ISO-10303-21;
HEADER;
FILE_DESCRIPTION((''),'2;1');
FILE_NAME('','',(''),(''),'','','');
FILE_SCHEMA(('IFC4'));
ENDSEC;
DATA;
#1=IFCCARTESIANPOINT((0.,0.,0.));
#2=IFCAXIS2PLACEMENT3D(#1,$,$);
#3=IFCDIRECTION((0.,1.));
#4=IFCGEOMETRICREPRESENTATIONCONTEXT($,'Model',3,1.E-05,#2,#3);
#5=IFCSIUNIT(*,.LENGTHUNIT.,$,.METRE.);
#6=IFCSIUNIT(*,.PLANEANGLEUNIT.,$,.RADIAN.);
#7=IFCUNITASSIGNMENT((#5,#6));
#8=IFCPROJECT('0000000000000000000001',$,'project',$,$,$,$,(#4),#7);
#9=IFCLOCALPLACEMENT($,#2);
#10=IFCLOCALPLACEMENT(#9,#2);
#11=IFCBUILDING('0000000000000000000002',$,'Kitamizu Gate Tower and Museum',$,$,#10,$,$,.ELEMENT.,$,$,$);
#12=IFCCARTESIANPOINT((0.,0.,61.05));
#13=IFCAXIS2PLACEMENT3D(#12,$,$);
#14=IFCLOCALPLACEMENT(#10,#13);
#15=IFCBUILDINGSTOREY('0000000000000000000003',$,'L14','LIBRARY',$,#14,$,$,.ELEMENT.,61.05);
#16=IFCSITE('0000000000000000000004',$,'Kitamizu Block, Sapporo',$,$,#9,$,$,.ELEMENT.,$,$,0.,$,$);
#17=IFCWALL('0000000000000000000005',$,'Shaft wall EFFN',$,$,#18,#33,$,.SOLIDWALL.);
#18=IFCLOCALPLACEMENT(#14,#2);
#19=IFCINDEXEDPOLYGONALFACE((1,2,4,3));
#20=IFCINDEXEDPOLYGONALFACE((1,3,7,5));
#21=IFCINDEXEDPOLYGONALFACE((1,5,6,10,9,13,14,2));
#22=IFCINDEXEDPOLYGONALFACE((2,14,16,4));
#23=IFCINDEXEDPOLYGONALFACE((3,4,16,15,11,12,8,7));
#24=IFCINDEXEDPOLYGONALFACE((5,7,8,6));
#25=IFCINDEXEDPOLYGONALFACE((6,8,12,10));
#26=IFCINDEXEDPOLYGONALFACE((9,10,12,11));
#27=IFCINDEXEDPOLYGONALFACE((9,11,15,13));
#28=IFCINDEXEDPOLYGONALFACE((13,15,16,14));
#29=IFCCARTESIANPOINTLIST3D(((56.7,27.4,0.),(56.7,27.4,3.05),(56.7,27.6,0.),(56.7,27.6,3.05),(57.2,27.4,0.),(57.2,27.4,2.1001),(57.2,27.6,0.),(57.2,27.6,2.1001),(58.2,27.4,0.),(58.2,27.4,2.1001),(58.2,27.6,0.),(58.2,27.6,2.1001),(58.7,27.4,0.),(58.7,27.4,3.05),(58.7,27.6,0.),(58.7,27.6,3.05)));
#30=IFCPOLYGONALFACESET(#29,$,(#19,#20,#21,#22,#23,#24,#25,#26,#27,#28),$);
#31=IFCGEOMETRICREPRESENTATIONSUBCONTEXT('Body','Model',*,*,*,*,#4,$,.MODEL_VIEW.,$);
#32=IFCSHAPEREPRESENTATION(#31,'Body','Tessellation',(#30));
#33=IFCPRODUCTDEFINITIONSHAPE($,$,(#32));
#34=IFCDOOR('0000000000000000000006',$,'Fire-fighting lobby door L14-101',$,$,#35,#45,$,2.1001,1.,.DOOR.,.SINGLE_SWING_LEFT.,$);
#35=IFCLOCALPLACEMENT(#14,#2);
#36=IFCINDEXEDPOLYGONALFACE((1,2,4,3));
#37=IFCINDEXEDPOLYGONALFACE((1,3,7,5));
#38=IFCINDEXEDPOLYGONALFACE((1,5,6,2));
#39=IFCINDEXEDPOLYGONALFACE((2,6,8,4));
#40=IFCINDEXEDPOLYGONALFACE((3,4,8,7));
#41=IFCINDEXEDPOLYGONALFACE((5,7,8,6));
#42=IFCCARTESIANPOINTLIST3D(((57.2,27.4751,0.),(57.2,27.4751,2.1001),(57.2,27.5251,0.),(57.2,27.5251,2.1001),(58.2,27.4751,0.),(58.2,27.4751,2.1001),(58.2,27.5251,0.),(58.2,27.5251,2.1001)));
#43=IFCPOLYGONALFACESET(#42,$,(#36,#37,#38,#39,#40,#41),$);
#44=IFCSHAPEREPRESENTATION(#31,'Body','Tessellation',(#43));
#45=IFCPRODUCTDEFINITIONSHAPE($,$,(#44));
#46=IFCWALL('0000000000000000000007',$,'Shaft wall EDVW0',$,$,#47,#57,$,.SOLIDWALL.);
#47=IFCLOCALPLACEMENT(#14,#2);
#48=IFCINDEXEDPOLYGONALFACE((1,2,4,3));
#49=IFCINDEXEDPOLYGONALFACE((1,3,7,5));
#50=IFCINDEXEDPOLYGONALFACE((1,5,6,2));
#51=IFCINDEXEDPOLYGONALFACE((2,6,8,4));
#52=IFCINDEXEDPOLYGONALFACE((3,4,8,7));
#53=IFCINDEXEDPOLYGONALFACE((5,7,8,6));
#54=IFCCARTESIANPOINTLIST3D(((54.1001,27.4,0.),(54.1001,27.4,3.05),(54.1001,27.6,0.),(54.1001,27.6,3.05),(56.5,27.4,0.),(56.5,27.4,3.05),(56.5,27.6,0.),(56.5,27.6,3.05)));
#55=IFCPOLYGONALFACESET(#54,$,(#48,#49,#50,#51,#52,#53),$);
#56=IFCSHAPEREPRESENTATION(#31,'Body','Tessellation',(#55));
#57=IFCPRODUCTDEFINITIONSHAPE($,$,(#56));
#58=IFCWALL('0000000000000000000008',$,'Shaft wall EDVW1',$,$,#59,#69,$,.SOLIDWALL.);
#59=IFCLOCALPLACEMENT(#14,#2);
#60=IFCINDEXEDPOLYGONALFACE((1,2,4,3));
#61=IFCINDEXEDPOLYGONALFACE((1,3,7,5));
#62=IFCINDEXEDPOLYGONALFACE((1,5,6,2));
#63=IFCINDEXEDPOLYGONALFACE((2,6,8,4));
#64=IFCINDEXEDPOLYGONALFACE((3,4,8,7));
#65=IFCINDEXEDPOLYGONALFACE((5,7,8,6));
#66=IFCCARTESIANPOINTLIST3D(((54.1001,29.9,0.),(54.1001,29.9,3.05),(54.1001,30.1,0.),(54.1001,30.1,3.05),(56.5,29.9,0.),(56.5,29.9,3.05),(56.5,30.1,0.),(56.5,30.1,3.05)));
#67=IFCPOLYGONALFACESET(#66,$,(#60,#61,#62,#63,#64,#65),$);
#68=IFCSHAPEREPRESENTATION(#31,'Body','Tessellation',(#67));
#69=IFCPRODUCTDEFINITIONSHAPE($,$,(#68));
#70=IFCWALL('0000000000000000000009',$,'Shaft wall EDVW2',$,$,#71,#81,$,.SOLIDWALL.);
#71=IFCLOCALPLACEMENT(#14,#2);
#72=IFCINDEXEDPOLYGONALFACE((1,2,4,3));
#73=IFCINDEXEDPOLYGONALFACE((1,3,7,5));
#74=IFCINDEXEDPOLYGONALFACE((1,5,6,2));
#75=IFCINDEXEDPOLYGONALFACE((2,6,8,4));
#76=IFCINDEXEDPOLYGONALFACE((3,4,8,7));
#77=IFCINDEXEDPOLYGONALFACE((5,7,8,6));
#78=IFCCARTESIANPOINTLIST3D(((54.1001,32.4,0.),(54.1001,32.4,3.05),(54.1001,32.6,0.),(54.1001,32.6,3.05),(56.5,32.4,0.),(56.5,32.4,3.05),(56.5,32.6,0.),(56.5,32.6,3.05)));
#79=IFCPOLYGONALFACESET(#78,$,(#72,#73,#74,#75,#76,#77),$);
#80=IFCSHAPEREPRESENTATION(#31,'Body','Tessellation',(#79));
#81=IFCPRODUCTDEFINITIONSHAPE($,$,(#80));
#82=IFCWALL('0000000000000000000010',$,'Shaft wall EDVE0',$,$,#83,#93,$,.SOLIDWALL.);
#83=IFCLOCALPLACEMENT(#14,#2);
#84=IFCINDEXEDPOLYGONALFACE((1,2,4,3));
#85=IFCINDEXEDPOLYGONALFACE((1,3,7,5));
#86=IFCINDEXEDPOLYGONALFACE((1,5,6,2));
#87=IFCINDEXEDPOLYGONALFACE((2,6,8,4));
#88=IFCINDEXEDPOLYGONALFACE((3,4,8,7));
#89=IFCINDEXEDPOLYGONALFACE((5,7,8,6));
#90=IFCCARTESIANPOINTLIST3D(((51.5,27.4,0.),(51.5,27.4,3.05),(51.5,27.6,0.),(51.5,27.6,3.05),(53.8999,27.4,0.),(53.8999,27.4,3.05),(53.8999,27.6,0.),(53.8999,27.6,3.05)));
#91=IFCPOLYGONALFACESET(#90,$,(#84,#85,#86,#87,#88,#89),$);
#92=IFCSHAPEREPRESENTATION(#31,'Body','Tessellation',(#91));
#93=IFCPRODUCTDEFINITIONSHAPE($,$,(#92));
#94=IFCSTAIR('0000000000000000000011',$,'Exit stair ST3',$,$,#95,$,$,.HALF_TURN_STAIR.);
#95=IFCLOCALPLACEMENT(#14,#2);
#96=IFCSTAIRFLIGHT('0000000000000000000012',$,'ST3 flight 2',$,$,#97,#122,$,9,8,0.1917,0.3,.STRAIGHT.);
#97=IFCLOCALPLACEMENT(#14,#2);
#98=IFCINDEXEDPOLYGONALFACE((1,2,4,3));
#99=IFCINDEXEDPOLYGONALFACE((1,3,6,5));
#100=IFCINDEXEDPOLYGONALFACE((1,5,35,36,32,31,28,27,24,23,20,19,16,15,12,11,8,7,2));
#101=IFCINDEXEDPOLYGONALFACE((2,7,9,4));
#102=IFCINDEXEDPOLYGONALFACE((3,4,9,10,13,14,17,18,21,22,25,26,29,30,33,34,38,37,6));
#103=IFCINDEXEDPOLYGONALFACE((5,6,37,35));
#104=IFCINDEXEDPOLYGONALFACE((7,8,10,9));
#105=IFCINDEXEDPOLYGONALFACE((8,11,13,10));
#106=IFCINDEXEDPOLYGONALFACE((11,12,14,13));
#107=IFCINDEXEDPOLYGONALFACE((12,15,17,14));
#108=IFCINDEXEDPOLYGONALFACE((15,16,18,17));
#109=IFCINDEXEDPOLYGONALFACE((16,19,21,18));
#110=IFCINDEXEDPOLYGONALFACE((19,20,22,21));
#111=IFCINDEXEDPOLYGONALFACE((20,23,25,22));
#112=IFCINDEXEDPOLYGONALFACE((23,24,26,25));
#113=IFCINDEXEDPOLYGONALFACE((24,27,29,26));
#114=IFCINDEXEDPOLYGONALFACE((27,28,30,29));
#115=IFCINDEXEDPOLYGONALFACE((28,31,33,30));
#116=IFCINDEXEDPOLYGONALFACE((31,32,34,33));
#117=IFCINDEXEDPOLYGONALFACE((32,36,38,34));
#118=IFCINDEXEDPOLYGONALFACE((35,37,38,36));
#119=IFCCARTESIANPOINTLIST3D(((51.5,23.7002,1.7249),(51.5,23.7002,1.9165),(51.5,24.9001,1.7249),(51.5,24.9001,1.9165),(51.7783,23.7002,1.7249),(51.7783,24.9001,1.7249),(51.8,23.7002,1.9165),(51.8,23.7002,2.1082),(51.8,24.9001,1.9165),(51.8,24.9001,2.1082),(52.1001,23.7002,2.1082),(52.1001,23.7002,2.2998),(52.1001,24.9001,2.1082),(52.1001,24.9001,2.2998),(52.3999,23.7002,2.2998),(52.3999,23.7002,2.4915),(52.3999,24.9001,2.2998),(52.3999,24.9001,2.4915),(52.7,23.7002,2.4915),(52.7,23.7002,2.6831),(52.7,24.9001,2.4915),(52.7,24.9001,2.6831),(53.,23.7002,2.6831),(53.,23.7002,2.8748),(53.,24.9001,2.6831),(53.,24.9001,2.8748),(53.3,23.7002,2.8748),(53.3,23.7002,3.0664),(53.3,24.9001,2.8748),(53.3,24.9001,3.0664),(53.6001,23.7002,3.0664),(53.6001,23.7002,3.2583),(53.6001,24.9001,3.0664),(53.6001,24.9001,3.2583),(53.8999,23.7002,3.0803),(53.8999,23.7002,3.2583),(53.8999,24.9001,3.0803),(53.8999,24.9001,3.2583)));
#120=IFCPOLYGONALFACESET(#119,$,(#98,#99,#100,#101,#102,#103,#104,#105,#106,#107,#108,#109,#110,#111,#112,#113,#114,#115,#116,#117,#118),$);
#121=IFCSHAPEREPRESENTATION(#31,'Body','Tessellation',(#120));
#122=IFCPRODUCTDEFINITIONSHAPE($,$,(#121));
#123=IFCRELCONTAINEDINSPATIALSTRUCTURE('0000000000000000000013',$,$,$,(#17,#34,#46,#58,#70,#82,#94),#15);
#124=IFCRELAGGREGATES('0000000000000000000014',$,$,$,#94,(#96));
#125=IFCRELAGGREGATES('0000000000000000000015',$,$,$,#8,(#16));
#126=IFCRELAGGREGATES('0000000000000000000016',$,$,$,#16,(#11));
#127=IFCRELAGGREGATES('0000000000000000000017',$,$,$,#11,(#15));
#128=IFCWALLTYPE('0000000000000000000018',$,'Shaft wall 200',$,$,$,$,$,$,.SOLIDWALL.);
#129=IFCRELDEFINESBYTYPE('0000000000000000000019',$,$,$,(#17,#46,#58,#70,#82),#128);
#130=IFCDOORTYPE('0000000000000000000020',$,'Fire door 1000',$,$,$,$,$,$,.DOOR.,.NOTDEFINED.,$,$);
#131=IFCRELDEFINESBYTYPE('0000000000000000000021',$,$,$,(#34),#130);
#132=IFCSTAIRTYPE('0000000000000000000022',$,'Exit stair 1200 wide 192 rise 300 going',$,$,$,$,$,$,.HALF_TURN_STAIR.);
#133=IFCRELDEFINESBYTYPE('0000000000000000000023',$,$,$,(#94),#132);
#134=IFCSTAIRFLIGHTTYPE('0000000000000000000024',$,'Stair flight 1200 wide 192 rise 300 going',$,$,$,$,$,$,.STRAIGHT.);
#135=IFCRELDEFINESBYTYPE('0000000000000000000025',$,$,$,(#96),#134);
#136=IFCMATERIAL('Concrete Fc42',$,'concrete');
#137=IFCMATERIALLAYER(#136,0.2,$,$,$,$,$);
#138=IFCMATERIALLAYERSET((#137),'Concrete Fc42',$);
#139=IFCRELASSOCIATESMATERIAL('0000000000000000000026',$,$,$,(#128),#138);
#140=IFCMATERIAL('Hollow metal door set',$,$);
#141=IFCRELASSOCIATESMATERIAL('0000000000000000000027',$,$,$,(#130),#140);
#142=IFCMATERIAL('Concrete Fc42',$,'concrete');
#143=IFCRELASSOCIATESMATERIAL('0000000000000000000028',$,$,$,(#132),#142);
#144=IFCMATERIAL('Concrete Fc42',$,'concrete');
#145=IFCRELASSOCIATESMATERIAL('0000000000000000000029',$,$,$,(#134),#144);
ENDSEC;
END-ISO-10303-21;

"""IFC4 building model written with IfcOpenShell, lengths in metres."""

from ifc_helpers import new_model, si_unit, direction, frame, frame_2d, origin, place, context, subcontext, project, spatial, polyline, rectangle, outline, extrude, material, layer, layer_set, type_object, element, fill, aggregate, save


model = new_model("IFC4")

# Units and contexts
model_context = context("Model", 3, precision=1e-05, world=origin(), true_north=direction((0.0, 1.0)))
body_context = subcontext(model_context, "Body", "Model", "MODEL_VIEW")
ifc_project = project(units=[si_unit("LENGTHUNIT", "METRE"), si_unit("PLANEANGLEUNIT", "RADIAN")], contexts=[model_context])

# Site, building, storey
site_placement = place(None, origin())
site = spatial("IfcSite", under=ifc_project, at=site_placement, Name="Kitamizu Block, Sapporo", CompositionType="ELEMENT", RefElevation=0.0)
building_placement = place(site_placement, origin())
building = spatial("IfcBuilding", under=site, at=building_placement, Name="Kitamizu Gate Tower and Museum", CompositionType="ELEMENT")
storey_placement = place(building_placement, frame((0.0, 0.0, 61.05)))
storey = spatial("IfcBuildingStorey", under=building, at=storey_placement, Name="L14", Description="LIBRARY", CompositionType="ELEMENT", Elevation=61.05)

# Shared definitions
ifc_material_1 = material(Name="Concrete Fc42", Category="concrete")
ifc_layer_1 = layer(ifc_material_1, 0.2)
ifc_layer_set_1 = layer_set([ifc_layer_1], Name="Concrete Fc42")
wall_type_1 = type_object("IfcWallType", Name="Shaft wall 200", PredefinedType="SOLIDWALL", material=ifc_layer_set_1)
ifc_material_2 = material(Name="Hollow metal door set")
door_type_1 = type_object("IfcDoorType", Name="Fire door 1000", OperationType="NOTDEFINED", PredefinedType="DOOR", material=ifc_material_2)

# Wall, opening, door
wall_1_placement = place(storey_placement, frame((58.7, 27.5, 0.0), z_axis=(0.0, 0.0, 1.0), x_axis=(-1.0, 0.0, 0.0)))
wall_1 = element("IfcWall", 1, at=wall_1_placement, inside=storey, type_object=wall_type_1, Name="Shaft wall EFFN", PredefinedType="SOLIDWALL", context=body_context, shape_type="SweptSolid", body=[
    extrude(rectangle(XDim=2.0, YDim=0.2, at=frame_2d((1.0, 0.0))), origin(), (0.0, 0.0, 1.0), 3.05),
])
opening_1_placement = place(wall_1_placement, frame((0.5, 0.0, 0.0)))
opening_1 = element("IfcOpeningElement", 2, at=opening_1_placement, cuts=wall_1, PredefinedType="OPENING", context=body_context, shape_type="SweptSolid", body=[
    extrude(rectangle(XDim=1.0, YDim=2.1001, at=frame_2d((0.5, 1.05))), frame((0.0, 0.1099, 0.0), z_axis=(0.0, -1.0, 0.0), x_axis=(1.0, 0.0, 0.0)), (0.0, 0.0, 1.0), 0.22),
])
door_1_placement = place(opening_1_placement, origin())
door_1 = element("IfcDoor", 3, at=door_1_placement, inside=storey, type_object=door_type_1, Name="Fire-fighting lobby door L14-101", OperationType="SINGLE_SWING_LEFT", OverallHeight=2.1001, OverallWidth=1.0, PredefinedType="DOOR", context=body_context, shape_type="SweptSolid", body=[
    extrude(rectangle(XDim=1.0, YDim=2.1001, at=frame_2d((0.5, 1.05))), frame((0.0, 0.0249, 0.0), z_axis=(0.0, -1.0, 0.0), x_axis=(1.0, 0.0, 0.0)), (0.0, 0.0, 1.0), 0.05),
])
fill(opening_1, door_1)

# Walls
for number, where, z_axis, x_axis, name in (
    (4, (56.5, 27.5, 0.0), (0.0, 0.0, 1.0), (-1.0, 0.0, 0.0), "Shaft wall EDVW0"),
    (5, (56.5, 30.0, 0.0), (0.0, 0.0, 1.0), (-1.0, 0.0, 0.0), "Shaft wall EDVW1"),
    (6, (56.5, 32.5, 0.0), (0.0, 0.0, 1.0), (-1.0, 0.0, 0.0), "Shaft wall EDVW2"),
    (7, (53.8999, 27.5, 0.0), (0.0, 0.0, 1.0), (-1.0, 0.0, 0.0), "Shaft wall EDVE0"),
):
    element("IfcWall", number, at=place(storey_placement, frame(where, z_axis=z_axis, x_axis=x_axis)), inside=storey, type_object=wall_type_1, Name=name, PredefinedType="SOLIDWALL", context=body_context, shape_type="SweptSolid", body=[
        extrude(rectangle(XDim=2.3999, YDim=0.2, at=frame_2d((1.2, 0.0))), origin(), (0.0, 0.0, 1.0), 3.05),
    ])

# Stair, stair flight
ifc_material_3 = material(Name="Concrete Fc42", Category="concrete")
stair_type = type_object("IfcStairType", Name="Exit stair 1200 wide 192 rise 300 going", PredefinedType="HALF_TURN_STAIR", material=ifc_material_3)
stair_placement = place(storey_placement, origin())
stair = element("IfcStair", 8, at=stair_placement, inside=storey, type_object=stair_type, Name="Exit stair ST3", PredefinedType="HALF_TURN_STAIR")
ifc_material_4 = material(Name="Concrete Fc42", Category="concrete")
stair_flight_type = type_object("IfcStairFlightType", Name="Stair flight 1200 wide 192 rise 300 going", PredefinedType="STRAIGHT", material=ifc_material_4)
stair_flight_placement = place(storey_placement, frame((51.5, 24.3, 1.7249), z_axis=(0.0, 0.0, 1.0), x_axis=(1.0, 0.0, 0.0)))
stair_flight = element("IfcStairFlight", 9, at=stair_flight_placement, type_object=stair_flight_type, Name="ST3 flight 2", NumberOfRisers=9, NumberOfTreads=8, PredefinedType="STRAIGHT", RiserHeight=0.1917, TreadLength=0.3, context=body_context, shape_type="SweptSolid", body=[
    extrude(outline(polyline([(0.0, 0.0), (0.0, 0.1917), (0.3, 0.1917), (0.3, 0.3833), (0.6001, 0.3833), (0.6001, 0.575), (0.8999, 0.575), (0.8999, 0.7666), (1.2, 0.7666), (1.2, 0.9583), (1.5, 0.9583), (1.5, 1.1499), (1.8, 1.1499), (1.8, 1.3416), (2.1001, 1.3416), (2.1001, 1.5334), (2.3999, 1.5334), (2.3999, 1.7251), (2.3999, 1.3555), (0.2783, 0.0), (0.0, 0.0)])), frame((0.0, 0.6001, 0.0), z_axis=(0.0, -1.0, 0.0), x_axis=(1.0, 0.0, 0.0)), (0.0, 0.0, 1.0), 1.2),
])
aggregate(stair, [stair_flight])

save(model, "model.ifc")
